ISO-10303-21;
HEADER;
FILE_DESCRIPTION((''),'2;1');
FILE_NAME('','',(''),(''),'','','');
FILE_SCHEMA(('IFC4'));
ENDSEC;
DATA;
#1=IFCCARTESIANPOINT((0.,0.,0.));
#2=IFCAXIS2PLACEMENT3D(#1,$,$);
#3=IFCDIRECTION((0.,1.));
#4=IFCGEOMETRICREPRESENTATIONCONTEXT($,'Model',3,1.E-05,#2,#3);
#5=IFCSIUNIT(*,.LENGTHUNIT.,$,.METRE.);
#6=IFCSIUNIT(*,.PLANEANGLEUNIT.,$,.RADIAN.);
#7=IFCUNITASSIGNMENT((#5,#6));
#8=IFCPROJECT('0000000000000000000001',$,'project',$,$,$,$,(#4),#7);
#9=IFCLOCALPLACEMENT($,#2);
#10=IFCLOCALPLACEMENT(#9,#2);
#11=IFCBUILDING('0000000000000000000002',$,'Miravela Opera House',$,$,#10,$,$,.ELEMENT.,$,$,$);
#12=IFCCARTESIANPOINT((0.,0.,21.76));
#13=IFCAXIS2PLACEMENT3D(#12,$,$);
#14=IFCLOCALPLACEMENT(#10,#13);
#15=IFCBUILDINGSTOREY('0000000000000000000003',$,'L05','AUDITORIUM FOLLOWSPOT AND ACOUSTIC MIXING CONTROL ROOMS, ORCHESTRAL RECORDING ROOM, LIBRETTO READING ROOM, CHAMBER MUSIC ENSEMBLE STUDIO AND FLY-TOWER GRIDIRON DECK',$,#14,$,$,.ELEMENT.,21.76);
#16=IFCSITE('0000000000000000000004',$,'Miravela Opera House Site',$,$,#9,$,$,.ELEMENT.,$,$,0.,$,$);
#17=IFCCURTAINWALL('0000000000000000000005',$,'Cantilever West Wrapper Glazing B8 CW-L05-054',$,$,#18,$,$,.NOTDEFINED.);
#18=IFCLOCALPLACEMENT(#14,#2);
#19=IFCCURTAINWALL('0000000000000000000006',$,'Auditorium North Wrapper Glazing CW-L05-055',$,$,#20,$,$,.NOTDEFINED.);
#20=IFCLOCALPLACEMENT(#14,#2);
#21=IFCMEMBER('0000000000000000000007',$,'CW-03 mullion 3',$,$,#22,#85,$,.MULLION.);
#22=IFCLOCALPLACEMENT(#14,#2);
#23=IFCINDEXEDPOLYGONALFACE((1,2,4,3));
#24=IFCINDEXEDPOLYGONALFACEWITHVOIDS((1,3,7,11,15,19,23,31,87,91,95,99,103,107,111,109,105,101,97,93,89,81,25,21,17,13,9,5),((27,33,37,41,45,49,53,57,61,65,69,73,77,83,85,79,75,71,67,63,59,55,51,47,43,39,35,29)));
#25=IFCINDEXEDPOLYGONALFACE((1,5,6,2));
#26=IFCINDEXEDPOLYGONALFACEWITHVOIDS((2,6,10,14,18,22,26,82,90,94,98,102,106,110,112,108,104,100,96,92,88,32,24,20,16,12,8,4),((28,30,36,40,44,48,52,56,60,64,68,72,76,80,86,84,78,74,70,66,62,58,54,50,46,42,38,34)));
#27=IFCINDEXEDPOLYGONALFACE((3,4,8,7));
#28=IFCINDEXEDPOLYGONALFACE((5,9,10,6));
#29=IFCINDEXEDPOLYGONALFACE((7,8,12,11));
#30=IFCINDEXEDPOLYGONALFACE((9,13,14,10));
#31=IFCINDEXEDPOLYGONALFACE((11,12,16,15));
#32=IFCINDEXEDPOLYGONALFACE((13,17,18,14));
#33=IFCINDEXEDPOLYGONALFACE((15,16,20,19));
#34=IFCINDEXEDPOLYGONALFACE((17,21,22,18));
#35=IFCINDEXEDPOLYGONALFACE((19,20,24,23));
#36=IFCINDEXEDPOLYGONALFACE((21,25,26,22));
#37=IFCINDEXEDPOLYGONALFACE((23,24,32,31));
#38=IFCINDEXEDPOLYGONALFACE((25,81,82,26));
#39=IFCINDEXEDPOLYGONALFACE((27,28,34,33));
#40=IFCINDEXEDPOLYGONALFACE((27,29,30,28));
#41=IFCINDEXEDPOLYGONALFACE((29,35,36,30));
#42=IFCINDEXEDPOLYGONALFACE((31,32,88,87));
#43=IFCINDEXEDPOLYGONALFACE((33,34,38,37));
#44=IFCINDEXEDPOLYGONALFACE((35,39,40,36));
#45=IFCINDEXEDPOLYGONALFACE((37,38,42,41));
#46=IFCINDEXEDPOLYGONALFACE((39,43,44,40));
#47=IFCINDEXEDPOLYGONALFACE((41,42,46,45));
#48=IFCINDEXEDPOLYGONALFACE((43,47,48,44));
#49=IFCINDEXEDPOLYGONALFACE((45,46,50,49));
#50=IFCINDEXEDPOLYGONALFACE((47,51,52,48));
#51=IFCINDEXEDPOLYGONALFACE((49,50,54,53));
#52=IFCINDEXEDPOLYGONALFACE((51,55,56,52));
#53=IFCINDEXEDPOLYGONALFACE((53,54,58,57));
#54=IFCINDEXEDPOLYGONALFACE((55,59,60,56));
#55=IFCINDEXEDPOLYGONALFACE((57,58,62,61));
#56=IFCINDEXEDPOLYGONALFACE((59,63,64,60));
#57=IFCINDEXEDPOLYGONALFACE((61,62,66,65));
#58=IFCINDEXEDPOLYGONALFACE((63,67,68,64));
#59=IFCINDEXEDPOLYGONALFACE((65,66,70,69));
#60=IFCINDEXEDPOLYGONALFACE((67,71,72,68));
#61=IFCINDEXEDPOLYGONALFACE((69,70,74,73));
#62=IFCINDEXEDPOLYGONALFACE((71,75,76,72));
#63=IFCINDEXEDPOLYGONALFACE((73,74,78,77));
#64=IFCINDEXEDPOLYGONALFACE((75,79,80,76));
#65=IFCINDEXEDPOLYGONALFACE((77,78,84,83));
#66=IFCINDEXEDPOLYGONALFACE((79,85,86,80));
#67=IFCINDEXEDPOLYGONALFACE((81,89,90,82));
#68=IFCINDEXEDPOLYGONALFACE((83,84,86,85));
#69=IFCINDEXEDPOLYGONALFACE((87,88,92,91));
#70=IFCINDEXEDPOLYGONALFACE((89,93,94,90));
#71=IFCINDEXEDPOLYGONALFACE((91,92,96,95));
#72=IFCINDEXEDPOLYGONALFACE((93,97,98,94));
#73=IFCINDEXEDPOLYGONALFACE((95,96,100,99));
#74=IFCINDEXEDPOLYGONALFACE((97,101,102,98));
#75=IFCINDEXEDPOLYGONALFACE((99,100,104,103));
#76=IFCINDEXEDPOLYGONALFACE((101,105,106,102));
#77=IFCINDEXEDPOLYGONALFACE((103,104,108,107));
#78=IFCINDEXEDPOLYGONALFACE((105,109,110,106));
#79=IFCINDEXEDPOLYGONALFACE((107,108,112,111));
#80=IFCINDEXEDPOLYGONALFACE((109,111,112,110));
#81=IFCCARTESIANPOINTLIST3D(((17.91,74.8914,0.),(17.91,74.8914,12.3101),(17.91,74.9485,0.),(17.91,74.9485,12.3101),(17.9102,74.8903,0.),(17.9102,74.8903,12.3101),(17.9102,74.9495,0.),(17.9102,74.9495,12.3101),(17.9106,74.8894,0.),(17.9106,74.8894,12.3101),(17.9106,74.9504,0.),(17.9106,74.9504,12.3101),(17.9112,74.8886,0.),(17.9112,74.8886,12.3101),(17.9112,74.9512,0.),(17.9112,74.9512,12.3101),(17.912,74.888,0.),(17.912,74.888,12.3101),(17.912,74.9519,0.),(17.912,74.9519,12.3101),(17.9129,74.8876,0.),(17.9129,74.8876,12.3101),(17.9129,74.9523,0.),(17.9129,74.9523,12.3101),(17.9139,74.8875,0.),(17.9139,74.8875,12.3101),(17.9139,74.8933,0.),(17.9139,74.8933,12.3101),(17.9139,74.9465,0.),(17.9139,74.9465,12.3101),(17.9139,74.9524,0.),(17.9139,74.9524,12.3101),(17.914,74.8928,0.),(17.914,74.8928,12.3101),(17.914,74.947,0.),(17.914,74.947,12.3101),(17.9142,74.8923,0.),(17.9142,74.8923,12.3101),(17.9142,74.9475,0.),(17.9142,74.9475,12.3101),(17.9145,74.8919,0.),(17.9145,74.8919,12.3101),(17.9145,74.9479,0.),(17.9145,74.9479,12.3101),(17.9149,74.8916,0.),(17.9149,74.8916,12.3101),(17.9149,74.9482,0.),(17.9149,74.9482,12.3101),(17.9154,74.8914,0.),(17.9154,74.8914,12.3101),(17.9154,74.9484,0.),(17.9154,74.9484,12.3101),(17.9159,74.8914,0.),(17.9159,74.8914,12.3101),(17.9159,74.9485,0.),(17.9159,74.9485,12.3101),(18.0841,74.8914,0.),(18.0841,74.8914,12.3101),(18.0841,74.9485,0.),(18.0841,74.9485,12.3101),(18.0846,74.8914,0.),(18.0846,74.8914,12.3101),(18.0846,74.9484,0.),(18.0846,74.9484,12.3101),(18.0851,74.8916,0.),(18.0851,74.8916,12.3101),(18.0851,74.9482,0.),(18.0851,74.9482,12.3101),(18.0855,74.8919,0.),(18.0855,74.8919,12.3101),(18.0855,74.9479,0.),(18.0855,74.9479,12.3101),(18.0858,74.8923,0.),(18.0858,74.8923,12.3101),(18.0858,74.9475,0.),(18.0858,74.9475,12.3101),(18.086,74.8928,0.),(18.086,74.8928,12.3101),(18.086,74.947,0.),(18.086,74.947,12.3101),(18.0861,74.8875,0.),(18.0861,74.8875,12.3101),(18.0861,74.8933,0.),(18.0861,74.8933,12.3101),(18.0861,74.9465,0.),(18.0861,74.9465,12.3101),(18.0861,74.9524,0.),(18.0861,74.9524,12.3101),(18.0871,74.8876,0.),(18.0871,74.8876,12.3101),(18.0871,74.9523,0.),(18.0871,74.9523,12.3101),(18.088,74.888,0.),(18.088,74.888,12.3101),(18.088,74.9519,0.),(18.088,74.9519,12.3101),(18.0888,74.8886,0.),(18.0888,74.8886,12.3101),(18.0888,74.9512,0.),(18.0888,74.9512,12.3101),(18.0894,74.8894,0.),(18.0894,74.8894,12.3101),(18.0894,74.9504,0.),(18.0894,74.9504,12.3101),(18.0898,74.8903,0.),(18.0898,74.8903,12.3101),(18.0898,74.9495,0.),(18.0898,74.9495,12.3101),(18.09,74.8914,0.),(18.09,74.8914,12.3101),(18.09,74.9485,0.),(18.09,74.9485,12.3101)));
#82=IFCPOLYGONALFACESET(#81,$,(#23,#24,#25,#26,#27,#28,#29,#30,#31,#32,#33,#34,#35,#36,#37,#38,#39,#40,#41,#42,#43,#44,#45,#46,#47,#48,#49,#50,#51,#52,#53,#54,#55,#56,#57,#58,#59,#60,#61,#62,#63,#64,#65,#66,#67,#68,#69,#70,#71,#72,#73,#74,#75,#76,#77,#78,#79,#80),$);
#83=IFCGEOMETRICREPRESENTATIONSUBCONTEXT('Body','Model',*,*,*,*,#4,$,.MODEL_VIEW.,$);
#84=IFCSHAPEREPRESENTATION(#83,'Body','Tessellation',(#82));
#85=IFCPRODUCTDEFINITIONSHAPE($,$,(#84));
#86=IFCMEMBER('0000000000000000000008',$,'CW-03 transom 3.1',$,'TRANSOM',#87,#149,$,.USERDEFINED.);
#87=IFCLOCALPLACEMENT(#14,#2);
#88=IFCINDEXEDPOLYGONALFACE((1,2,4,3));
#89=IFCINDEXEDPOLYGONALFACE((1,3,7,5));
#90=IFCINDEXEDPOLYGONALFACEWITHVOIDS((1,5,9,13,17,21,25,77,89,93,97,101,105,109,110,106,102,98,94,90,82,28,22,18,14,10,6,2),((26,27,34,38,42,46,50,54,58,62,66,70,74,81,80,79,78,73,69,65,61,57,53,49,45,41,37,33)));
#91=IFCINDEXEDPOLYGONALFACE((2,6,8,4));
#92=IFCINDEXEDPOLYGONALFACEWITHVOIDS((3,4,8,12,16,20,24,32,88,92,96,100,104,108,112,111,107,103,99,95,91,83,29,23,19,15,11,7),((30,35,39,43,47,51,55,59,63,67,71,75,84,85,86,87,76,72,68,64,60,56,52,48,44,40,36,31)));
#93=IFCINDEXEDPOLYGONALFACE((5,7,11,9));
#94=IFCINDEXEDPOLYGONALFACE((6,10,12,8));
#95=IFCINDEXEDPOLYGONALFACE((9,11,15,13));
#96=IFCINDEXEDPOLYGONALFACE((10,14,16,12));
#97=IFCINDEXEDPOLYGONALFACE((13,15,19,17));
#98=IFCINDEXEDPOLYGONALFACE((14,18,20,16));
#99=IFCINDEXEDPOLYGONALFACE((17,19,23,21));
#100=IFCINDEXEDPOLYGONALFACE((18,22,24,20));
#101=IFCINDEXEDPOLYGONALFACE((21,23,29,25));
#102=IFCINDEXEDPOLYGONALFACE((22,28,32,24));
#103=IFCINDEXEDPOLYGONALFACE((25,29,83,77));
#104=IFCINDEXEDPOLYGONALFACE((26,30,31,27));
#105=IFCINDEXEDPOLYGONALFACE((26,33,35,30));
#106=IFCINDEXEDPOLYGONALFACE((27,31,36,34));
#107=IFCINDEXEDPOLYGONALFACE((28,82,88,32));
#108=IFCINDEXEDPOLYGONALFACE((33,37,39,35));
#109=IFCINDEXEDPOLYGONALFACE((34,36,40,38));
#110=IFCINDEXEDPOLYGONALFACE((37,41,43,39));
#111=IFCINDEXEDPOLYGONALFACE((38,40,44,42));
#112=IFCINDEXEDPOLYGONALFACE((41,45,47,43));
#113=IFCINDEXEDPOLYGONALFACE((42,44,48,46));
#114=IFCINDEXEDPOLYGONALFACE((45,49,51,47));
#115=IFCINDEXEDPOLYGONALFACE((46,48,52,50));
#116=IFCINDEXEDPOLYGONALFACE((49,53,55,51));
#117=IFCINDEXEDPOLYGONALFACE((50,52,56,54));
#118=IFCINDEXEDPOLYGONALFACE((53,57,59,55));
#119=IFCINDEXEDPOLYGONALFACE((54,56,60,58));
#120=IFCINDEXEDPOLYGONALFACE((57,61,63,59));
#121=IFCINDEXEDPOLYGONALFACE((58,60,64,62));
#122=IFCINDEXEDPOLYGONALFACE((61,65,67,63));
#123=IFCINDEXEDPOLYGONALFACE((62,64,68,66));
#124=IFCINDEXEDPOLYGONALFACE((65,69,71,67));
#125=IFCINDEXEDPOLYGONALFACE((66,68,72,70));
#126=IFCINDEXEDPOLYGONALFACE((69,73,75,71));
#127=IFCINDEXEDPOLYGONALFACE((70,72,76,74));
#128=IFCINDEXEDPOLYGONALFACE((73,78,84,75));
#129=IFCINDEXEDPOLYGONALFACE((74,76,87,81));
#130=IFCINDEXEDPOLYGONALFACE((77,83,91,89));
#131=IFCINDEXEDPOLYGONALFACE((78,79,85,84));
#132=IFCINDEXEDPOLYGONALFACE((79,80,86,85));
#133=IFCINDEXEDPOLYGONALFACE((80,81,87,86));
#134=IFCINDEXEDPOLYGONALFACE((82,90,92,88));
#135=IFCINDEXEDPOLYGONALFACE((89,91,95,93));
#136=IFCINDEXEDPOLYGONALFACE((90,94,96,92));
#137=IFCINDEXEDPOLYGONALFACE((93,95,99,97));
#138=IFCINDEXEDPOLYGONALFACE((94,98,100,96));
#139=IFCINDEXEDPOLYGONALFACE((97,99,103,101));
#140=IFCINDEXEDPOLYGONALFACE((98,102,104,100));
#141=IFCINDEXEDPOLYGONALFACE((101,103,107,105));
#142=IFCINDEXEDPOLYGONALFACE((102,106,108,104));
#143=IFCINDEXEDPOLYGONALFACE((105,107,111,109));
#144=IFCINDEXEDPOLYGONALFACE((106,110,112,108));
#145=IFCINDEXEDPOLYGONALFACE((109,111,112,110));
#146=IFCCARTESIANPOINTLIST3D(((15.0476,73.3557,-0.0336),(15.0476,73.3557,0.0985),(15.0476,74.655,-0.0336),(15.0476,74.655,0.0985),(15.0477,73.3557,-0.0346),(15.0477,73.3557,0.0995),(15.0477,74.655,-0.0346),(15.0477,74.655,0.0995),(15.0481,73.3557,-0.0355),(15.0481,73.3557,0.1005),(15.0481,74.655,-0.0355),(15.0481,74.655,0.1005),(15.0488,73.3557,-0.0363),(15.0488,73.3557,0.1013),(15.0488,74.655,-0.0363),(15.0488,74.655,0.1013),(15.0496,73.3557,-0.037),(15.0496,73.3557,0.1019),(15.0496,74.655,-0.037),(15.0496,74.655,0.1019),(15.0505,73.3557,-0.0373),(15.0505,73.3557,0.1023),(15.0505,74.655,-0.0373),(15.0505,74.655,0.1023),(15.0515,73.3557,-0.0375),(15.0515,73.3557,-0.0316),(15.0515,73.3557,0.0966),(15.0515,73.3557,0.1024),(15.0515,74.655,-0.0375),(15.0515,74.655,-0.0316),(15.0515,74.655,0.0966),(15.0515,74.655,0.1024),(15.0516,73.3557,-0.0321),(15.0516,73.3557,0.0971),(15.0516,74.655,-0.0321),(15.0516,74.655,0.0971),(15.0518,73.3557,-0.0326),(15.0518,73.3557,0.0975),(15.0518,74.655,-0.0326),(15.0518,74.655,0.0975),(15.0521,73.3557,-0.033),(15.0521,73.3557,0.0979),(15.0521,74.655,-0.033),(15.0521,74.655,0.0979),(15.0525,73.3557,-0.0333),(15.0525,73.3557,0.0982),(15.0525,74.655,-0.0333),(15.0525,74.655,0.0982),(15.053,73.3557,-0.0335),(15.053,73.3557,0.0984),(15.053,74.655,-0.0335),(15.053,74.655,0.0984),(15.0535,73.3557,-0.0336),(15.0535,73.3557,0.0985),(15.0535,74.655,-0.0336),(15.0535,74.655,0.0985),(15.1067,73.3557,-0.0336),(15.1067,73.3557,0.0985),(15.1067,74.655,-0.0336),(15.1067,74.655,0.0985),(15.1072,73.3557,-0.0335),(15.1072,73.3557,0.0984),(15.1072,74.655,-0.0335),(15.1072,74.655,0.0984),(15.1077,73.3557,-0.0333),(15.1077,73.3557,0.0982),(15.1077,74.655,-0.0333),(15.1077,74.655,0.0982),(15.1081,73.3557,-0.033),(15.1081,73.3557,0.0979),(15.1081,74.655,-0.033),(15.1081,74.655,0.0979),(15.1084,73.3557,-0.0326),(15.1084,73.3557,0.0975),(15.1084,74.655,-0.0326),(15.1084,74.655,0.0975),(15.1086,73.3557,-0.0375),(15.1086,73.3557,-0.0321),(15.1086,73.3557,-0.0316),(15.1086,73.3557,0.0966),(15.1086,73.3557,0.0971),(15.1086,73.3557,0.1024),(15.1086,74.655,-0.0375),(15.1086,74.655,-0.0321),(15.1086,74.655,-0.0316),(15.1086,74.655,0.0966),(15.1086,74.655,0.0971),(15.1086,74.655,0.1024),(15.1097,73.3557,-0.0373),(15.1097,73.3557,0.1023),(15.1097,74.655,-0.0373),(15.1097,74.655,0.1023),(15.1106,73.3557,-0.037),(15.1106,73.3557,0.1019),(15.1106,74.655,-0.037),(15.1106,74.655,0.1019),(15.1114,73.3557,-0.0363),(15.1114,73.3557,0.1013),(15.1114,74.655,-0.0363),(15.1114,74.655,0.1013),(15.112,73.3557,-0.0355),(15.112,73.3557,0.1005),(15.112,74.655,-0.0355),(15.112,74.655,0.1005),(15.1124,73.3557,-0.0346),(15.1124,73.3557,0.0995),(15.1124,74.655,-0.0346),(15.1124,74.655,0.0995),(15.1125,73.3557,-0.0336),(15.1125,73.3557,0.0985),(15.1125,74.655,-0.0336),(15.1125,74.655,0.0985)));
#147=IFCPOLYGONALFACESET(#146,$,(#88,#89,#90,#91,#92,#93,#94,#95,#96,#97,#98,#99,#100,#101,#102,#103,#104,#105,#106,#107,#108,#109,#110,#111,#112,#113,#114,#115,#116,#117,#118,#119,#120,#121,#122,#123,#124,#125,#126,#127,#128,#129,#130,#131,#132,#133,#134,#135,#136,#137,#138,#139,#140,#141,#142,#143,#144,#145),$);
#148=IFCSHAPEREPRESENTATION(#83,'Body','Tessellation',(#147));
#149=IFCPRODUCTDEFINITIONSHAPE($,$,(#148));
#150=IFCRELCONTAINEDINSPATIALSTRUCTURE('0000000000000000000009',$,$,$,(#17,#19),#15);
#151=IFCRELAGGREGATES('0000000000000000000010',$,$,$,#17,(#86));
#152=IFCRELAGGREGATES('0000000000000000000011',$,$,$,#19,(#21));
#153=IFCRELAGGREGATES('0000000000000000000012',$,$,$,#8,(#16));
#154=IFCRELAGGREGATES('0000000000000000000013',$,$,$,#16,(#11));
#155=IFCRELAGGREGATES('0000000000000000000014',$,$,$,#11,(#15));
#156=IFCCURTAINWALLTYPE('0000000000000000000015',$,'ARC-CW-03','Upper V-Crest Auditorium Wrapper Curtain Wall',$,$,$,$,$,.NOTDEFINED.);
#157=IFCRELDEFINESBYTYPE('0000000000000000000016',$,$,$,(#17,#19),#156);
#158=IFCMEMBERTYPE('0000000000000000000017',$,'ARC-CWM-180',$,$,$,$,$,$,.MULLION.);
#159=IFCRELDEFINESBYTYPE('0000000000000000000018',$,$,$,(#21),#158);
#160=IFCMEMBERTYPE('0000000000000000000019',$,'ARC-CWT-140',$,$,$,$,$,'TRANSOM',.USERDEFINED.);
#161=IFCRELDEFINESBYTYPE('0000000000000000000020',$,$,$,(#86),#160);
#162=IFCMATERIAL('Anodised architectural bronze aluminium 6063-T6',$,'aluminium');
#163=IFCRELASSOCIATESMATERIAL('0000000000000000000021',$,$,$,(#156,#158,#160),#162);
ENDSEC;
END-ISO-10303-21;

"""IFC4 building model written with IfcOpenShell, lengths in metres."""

from ifc_helpers import new_model, si_unit, direction, frame, origin, origin_2d, place, context, subcontext, project, spatial, hollow_rectangle, extrude, material, material_profile, profile_set, type_object, element, aggregate, save


model = new_model("IFC4")

# Units and contexts
model_context = context("Model", 3, precision=1e-05, world=origin(), true_north=direction((0.0, 1.0)))
body_context = subcontext(model_context, "Body", "Model", "MODEL_VIEW")
ifc_project = project(units=[si_unit("LENGTHUNIT", "METRE"), si_unit("PLANEANGLEUNIT", "RADIAN")], contexts=[model_context])

# Site, building, storey
site_placement = place(None, origin())
site = spatial("IfcSite", under=ifc_project, at=site_placement, Name="Miravela Opera House Site", CompositionType="ELEMENT", RefElevation=0.0)
building_placement = place(site_placement, origin())
building = spatial("IfcBuilding", under=site, at=building_placement, Name="Miravela Opera House", CompositionType="ELEMENT")
storey_placement = place(building_placement, frame((0.0, 0.0, 21.76)))
storey = spatial("IfcBuildingStorey", under=building, at=storey_placement, Name="L05", Description="AUDITORIUM FOLLOWSPOT AND ACOUSTIC MIXING CONTROL ROOMS, ORCHESTRAL RECORDING ROOM, LIBRETTO READING ROOM, CHAMBER MUSIC ENSEMBLE STUDIO AND FLY-TOWER GRIDIRON DECK", CompositionType="ELEMENT", Elevation=21.76)

# Curtain walls, member
ifc_material_1 = material(Name="Anodised architectural bronze aluminium 6063-T6", Category="aluminium")
curtain_wall_type = type_object("IfcCurtainWallType", Name="ARC-CW-03", Description="Upper V-Crest Auditorium Wrapper Curtain Wall", PredefinedType="NOTDEFINED", material=ifc_material_1)
curtain_wall_1_placement = place(storey_placement, origin())
curtain_wall_1 = element("IfcCurtainWall", 1, at=curtain_wall_1_placement, inside=storey, type_object=curtain_wall_type, Name="Cantilever West Wrapper Glazing B8 CW-L05-054", PredefinedType="NOTDEFINED")
ifc_material_profile_1 = material_profile(ifc_material_1, hollow_rectangle(XDim=0.0649, YDim=0.1799, WallThickness=0.0039, InnerFilletRadius=0.002, OuterFilletRadius=0.0039, at=origin_2d()), Name="CWM-65X180")
ifc_profile_set_1 = profile_set([ifc_material_profile_1])
member_type_1 = type_object("IfcMemberType", Name="ARC-CWM-180", PredefinedType="MULLION", material=ifc_profile_set_1)
curtain_wall_2_placement = place(storey_placement, origin())
curtain_wall_2 = element("IfcCurtainWall", 2, at=curtain_wall_2_placement, inside=storey, type_object=curtain_wall_type, Name="Auditorium North Wrapper Glazing CW-L05-055", PredefinedType="NOTDEFINED")
member_1_placement = place(storey_placement, frame((18.0, 74.9199, 0.0), z_axis=(0.0, 0.0, 1.0), x_axis=(0.0, 1.0, 0.0)))
member_1 = element("IfcMember", 3, at=member_1_placement, type_object=member_type_1, Name="CW-03 mullion 3", PredefinedType="MULLION", context=body_context, shape_type="SweptSolid", body=[
    extrude(hollow_rectangle(XDim=0.0649, YDim=0.1799, WallThickness=0.0039, InnerFilletRadius=0.002, OuterFilletRadius=0.0039, at=origin_2d()), origin(), (0.0, 0.0, 1.0), 12.3101),
])

# Member
ifc_material_profile_2 = material_profile(ifc_material_1, hollow_rectangle(XDim=0.0649, YDim=0.1399, WallThickness=0.0039, InnerFilletRadius=0.002, OuterFilletRadius=0.0039, at=origin_2d()), Name="CWT-65X140")
ifc_profile_set_2 = profile_set([ifc_material_profile_2])
member_type_2 = type_object("IfcMemberType", Name="ARC-CWT-140", ElementType="TRANSOM", PredefinedType="USERDEFINED", material=ifc_profile_set_2)
member_2_placement = place(storey_placement, frame((15.0801, 73.3557, 0.0325), z_axis=(0.0, 1.0, 0.0), x_axis=(-1.0, 0.0, 0.0)))
member_2 = element("IfcMember", 4, at=member_2_placement, type_object=member_type_2, Name="CW-03 transom 3.1", ObjectType="TRANSOM", PredefinedType="USERDEFINED", context=body_context, shape_type="SweptSolid", body=[
    extrude(hollow_rectangle(XDim=0.0649, YDim=0.1399, WallThickness=0.0039, InnerFilletRadius=0.002, OuterFilletRadius=0.0039, at=origin_2d()), origin(), (0.0, 0.0, 1.0), 1.2993),
])

aggregate(curtain_wall_1, [member_2])
aggregate(curtain_wall_2, [member_1])

save(model, "model.ifc")
